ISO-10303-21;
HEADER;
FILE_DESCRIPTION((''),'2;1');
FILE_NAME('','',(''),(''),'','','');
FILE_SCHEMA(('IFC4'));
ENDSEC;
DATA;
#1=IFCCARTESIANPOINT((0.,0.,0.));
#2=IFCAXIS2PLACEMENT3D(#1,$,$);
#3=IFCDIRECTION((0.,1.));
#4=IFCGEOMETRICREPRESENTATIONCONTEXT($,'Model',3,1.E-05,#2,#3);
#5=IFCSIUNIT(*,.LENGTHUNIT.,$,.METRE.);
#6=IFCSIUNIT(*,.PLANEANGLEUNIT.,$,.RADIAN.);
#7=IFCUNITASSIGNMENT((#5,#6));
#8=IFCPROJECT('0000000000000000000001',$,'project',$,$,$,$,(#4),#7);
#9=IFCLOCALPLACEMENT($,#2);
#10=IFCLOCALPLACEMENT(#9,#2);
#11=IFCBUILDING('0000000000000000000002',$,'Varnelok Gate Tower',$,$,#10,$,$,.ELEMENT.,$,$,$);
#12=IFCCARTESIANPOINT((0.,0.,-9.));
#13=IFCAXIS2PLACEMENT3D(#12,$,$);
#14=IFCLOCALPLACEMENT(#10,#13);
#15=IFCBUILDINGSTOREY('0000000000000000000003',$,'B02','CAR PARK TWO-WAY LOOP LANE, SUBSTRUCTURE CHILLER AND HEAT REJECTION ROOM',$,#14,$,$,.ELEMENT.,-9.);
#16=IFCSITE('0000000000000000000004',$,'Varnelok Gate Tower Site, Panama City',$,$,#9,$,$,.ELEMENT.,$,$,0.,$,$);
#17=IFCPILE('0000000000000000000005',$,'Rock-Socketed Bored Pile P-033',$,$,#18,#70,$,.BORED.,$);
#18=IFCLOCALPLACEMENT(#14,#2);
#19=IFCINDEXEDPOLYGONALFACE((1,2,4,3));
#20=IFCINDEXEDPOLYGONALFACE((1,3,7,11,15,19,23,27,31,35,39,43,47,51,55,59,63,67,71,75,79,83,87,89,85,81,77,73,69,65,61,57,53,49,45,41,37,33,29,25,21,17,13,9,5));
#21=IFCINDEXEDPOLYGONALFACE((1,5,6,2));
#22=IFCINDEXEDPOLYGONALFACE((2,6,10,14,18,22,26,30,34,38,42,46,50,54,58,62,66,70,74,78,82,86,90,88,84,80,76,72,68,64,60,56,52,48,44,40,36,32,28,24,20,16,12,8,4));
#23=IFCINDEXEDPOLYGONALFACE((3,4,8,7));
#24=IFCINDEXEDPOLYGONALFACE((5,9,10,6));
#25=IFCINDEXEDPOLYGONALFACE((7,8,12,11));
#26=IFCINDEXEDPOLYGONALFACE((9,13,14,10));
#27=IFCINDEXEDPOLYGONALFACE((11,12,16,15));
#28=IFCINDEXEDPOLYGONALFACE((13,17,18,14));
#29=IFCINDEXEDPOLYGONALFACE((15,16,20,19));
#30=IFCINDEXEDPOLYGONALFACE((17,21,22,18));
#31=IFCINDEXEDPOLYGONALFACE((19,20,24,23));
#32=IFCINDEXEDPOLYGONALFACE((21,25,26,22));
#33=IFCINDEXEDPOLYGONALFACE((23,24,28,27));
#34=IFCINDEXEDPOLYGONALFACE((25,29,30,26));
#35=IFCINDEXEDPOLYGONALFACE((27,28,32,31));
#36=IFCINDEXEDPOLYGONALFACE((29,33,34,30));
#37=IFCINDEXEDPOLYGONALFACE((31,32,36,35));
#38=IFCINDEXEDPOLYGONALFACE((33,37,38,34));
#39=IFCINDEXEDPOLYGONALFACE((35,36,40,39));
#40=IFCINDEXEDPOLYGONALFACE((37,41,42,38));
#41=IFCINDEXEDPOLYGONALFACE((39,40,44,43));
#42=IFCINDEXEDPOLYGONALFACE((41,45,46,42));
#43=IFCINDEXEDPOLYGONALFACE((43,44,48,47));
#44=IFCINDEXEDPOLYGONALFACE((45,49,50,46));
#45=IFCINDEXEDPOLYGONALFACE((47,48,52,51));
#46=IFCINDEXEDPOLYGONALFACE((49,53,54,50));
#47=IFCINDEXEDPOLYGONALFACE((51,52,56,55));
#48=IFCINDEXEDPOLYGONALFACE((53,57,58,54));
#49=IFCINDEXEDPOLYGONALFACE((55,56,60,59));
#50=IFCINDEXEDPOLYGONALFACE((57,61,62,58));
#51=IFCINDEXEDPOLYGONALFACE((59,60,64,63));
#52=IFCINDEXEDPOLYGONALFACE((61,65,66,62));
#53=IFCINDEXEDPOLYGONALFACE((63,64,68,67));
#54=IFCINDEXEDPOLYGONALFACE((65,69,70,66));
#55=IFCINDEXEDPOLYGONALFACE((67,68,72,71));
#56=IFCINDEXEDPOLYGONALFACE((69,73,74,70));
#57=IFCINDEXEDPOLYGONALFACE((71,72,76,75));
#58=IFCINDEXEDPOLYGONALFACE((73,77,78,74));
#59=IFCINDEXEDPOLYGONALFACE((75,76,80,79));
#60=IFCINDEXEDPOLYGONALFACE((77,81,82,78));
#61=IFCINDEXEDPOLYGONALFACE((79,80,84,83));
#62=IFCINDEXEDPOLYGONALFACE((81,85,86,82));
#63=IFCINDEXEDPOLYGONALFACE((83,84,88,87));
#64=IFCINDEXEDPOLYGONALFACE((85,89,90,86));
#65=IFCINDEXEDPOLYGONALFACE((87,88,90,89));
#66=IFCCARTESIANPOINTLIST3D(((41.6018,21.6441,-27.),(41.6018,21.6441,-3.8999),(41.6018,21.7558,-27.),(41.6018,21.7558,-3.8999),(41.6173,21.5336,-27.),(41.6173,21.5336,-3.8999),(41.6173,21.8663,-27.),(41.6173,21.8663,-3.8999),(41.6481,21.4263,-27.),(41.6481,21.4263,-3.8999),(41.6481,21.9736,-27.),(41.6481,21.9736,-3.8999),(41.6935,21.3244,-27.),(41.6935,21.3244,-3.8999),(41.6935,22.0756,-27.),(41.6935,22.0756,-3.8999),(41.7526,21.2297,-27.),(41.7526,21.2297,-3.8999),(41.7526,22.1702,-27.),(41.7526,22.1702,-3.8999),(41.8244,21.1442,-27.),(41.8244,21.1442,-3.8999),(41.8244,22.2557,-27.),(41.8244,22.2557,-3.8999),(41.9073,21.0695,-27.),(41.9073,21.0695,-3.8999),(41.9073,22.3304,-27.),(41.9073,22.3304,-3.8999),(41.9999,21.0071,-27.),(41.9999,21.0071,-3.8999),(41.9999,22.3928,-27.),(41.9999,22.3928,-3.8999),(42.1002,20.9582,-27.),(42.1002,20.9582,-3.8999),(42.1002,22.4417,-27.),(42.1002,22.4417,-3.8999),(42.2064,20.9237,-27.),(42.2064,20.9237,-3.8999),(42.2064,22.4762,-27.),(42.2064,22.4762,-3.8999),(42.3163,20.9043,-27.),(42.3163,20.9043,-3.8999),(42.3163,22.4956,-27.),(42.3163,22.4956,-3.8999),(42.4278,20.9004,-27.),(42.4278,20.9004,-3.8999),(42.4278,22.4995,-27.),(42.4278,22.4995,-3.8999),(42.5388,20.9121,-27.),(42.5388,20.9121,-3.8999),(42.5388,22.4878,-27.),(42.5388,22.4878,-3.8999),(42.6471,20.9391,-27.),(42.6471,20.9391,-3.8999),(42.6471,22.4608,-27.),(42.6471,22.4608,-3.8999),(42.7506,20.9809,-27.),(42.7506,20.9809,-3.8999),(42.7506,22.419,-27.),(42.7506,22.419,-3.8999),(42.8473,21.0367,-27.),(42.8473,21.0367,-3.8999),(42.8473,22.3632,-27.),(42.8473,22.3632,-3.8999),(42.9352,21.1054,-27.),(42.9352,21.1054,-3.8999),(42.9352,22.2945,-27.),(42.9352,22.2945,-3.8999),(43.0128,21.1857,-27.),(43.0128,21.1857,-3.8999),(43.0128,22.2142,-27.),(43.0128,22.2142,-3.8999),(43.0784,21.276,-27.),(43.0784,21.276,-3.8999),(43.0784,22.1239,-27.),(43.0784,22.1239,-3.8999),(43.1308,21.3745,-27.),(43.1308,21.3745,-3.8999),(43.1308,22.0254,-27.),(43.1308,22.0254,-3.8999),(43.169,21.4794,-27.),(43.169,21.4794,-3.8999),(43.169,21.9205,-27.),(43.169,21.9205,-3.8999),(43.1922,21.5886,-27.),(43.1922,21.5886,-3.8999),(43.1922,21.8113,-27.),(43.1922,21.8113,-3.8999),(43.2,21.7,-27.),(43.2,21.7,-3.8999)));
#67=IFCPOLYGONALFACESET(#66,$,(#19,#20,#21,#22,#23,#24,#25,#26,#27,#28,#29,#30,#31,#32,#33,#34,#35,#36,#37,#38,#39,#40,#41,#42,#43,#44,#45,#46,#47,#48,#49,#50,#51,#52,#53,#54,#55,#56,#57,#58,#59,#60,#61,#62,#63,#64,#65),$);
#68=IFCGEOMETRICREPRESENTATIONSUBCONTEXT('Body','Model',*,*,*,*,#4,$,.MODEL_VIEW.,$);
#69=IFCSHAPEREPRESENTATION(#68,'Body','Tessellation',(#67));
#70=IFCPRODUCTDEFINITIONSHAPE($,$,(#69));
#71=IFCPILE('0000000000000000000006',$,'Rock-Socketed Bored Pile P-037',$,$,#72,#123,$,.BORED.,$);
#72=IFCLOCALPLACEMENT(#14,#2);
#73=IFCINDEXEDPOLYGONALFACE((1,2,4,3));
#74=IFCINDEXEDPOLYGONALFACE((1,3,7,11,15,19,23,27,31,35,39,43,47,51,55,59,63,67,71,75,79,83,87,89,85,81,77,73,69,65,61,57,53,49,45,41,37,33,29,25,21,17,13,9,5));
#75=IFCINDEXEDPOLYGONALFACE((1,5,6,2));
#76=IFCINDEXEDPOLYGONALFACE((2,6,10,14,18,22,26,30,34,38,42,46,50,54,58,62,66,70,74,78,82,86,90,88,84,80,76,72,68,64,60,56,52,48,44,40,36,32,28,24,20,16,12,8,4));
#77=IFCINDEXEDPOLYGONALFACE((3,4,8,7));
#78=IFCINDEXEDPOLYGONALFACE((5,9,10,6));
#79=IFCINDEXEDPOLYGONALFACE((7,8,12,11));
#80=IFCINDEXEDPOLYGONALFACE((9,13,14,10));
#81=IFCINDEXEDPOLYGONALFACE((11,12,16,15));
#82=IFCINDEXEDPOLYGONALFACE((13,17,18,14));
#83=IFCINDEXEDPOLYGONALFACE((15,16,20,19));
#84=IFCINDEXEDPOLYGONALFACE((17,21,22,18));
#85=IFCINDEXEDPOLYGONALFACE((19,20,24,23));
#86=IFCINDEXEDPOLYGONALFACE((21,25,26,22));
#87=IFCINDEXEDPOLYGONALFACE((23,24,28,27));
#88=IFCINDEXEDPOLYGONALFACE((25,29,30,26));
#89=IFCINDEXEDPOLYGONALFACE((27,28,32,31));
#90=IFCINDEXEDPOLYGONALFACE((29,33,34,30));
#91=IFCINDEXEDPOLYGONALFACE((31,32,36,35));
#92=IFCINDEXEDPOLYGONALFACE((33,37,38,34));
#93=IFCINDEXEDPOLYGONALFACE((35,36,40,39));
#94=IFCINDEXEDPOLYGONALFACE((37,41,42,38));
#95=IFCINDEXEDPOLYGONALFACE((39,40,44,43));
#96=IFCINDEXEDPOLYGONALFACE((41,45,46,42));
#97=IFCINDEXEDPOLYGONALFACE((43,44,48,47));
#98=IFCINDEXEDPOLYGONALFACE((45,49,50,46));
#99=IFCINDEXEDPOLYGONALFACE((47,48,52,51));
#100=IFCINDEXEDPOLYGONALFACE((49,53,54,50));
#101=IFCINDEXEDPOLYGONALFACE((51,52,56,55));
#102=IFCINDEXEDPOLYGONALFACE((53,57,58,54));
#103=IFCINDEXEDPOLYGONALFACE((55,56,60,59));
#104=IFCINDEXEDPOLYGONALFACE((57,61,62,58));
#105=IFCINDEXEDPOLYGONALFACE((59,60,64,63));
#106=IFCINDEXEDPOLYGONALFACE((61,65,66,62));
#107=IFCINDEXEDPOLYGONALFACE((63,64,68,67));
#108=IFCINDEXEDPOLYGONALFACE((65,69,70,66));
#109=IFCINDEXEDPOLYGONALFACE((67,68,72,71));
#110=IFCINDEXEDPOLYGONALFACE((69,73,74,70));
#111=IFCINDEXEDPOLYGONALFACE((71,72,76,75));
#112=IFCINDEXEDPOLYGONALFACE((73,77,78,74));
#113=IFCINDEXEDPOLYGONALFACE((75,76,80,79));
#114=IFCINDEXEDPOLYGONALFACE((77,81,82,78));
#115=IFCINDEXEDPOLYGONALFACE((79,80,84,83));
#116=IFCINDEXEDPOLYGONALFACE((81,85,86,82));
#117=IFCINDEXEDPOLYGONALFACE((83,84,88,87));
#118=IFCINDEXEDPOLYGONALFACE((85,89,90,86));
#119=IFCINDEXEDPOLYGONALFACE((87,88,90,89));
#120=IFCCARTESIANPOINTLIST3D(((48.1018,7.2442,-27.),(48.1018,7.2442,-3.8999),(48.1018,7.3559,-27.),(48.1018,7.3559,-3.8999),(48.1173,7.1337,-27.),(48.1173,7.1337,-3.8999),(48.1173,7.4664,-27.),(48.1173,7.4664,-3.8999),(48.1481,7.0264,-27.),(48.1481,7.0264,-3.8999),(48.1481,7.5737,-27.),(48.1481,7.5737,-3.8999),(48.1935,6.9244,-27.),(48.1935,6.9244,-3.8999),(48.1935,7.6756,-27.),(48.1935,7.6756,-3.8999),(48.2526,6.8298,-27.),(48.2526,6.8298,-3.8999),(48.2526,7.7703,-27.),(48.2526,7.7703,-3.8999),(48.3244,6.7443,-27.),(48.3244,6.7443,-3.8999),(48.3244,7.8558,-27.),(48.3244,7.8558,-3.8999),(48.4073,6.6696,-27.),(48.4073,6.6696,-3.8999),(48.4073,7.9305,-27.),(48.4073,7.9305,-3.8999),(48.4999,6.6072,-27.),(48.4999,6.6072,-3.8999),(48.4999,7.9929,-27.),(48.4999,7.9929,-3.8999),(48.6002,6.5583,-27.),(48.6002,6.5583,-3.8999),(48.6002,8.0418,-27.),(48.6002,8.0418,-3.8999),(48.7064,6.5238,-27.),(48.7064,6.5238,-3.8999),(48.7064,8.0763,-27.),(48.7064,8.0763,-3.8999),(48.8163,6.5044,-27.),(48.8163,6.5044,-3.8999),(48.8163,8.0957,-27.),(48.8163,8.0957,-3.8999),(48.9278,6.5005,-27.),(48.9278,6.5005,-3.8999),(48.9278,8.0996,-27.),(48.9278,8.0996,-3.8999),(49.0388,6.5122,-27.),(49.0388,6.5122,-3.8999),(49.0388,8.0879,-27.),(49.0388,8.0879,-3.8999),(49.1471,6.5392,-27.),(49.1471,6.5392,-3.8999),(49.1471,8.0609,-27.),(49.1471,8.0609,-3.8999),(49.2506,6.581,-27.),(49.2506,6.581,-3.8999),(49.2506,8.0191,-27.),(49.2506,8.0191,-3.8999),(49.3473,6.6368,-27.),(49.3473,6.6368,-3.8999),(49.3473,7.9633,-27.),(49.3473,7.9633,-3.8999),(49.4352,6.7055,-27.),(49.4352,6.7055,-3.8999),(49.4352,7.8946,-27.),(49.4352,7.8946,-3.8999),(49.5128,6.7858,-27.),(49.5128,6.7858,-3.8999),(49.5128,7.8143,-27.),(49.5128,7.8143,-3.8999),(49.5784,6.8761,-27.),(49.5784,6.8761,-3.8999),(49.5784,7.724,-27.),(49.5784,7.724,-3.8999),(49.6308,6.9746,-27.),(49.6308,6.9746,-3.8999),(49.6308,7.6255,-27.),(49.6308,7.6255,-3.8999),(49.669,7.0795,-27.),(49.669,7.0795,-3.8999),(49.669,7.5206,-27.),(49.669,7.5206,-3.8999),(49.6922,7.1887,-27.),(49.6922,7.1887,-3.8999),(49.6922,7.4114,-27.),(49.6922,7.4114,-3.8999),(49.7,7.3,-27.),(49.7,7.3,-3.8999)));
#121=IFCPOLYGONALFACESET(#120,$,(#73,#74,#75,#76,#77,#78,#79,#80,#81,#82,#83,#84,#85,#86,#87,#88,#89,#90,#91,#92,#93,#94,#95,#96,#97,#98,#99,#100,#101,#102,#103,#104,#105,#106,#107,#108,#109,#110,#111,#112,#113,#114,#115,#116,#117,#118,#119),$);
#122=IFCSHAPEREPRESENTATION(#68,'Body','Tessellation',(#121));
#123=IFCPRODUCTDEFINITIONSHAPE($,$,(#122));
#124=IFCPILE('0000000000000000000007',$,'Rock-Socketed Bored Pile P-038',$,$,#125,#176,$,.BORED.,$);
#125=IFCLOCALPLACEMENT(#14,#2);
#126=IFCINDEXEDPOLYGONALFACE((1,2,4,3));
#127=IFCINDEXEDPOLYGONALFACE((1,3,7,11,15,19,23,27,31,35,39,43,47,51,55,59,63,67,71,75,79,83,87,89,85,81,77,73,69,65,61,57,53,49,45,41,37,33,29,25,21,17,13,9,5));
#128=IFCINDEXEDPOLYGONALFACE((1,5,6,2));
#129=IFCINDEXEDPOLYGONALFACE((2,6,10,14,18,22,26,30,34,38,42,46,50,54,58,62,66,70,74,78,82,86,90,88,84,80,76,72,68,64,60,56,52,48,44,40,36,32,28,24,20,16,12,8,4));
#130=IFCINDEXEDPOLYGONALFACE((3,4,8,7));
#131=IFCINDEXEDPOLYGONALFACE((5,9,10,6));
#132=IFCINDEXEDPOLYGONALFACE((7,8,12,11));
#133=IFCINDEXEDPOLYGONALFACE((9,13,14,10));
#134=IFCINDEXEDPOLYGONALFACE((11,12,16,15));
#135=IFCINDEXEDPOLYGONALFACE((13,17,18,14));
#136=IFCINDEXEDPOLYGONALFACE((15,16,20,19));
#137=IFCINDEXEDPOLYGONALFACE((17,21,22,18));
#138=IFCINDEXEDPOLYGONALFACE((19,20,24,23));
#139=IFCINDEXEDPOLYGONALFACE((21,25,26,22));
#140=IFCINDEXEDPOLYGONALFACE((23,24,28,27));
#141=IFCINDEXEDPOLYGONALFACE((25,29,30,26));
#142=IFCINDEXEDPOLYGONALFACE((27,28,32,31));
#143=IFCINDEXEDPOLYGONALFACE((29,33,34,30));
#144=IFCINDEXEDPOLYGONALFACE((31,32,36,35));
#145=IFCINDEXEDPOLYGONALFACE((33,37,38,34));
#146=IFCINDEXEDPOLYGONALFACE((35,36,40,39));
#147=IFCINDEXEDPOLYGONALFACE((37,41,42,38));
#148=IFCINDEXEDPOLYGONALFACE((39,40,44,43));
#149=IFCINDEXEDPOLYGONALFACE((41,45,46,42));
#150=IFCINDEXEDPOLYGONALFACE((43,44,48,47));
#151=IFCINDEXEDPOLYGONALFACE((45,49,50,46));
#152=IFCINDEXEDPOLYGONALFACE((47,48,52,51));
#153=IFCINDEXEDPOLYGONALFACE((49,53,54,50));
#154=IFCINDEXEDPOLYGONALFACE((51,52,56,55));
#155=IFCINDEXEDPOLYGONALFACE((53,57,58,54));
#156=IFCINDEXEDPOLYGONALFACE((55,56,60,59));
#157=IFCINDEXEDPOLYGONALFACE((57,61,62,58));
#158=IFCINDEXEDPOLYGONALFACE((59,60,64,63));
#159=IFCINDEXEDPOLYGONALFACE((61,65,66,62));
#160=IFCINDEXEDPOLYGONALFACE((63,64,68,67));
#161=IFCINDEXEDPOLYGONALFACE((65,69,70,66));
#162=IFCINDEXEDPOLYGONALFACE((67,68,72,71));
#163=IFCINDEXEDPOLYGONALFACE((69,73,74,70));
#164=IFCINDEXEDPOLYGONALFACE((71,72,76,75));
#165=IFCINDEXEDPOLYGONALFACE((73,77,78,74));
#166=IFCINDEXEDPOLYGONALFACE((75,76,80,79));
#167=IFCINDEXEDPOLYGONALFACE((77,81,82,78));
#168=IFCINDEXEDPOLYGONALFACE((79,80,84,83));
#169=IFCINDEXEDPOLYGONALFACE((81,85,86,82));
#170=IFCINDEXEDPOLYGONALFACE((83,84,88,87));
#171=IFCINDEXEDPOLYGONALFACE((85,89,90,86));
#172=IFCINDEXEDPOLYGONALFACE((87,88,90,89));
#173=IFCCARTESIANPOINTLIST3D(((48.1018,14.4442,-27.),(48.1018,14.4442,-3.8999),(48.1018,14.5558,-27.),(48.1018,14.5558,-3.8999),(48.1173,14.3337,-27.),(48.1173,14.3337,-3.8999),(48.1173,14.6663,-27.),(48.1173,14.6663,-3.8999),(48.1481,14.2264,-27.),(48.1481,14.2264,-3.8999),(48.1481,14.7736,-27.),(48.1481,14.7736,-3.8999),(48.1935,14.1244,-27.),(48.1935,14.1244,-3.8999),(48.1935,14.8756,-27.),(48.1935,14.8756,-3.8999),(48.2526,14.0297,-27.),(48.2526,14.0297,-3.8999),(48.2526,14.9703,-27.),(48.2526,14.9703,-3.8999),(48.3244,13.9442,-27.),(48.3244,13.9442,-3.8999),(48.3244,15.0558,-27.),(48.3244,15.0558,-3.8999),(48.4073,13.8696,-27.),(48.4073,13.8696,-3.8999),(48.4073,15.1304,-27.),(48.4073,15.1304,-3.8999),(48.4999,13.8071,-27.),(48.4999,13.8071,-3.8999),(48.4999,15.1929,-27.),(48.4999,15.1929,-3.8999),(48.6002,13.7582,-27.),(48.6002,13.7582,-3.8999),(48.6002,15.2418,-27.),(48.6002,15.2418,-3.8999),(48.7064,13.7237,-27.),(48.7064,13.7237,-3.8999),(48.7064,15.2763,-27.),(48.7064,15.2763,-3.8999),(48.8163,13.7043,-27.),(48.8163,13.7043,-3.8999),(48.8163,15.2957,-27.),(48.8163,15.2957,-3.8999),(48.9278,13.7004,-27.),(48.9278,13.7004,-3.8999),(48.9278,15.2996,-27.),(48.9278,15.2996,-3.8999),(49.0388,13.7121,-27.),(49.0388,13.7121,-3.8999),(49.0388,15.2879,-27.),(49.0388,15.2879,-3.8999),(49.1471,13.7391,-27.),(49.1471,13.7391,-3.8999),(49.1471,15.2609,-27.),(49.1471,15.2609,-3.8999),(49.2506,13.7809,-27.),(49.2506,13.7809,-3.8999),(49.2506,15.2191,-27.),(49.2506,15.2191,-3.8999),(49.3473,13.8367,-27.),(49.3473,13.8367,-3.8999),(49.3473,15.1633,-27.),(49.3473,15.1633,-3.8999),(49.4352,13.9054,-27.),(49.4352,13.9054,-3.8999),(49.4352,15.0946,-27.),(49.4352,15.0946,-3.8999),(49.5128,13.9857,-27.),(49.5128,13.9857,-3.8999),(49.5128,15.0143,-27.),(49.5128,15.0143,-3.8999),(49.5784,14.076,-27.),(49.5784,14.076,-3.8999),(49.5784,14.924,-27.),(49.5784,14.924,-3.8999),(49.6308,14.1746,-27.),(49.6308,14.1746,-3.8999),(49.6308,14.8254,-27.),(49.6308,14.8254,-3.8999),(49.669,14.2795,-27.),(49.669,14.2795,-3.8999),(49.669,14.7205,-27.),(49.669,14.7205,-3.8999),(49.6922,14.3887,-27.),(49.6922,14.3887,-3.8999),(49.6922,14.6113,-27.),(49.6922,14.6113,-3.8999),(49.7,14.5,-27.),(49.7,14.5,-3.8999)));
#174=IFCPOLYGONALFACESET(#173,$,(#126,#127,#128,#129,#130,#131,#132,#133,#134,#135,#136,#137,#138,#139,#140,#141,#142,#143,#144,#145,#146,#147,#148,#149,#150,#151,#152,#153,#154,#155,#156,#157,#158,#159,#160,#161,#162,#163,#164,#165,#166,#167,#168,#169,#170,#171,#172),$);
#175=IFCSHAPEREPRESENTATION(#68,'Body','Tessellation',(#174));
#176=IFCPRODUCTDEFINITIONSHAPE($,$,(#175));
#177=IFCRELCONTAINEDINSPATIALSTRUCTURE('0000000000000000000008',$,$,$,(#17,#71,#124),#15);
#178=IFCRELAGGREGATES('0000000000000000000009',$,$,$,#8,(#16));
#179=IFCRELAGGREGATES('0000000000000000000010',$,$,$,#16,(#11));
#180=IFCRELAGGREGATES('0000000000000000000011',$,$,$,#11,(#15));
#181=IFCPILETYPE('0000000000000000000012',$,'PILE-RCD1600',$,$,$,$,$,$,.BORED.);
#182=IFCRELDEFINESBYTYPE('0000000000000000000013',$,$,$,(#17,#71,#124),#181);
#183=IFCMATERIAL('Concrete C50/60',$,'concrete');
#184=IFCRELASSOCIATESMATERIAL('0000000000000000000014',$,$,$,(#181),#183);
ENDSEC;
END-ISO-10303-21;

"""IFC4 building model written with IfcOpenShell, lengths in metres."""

from ifc_helpers import new_model, si_unit, direction, frame, origin, origin_2d, place, context, subcontext, project, spatial, circle, extrude, material, material_profile, profile_set, type_object, element, save


model = new_model("IFC4")

# Units and contexts
model_context = context("Model", 3, precision=1e-05, world=origin(), true_north=direction((0.0, 1.0)))
body_context = subcontext(model_context, "Body", "Model", "MODEL_VIEW")
ifc_project = project(units=[si_unit("LENGTHUNIT", "METRE"), si_unit("PLANEANGLEUNIT", "RADIAN")], contexts=[model_context])

# Site, building, storey
site_placement = place(None, origin())
site = spatial("IfcSite", under=ifc_project, at=site_placement, Name="Varnelok Gate Tower Site, Panama City", CompositionType="ELEMENT", RefElevation=0.0)
building_placement = place(site_placement, origin())
building = spatial("IfcBuilding", under=site, at=building_placement, Name="Varnelok Gate Tower", CompositionType="ELEMENT")
storey_placement = place(building_placement, frame((0.0, 0.0, -9.0)))
storey = spatial("IfcBuildingStorey", under=building, at=storey_placement, Name="B02", Description="CAR PARK TWO-WAY LOOP LANE, SUBSTRUCTURE CHILLER AND HEAT REJECTION ROOM", CompositionType="ELEMENT", Elevation=-9.0)

# Shared definitions
ifc_material_1 = material(Name="Concrete C50/60", Category="concrete")

# Piles
ifc_material_profile_1 = material_profile(ifc_material_1, circle(Radius=0.8, at=origin_2d()), Name="RCD1600")
ifc_profile_set_1 = profile_set([ifc_material_profile_1], Name="Concrete C50/60")
pile_type_1 = type_object("IfcPileType", Name="PILE-RCD1600", PredefinedType="BORED", material=ifc_profile_set_1)
for number, where, z_axis, x_axis, name in (
    (1, (42.3999, 21.7, -3.8999), (0.0, 0.0, -1.0), (1.0, 0.0, 0.0), "Rock-Socketed Bored Pile P-033"),
    (2, (48.8999, 7.3, -3.8999), (0.0, 0.0, -1.0), (1.0, 0.0, 0.0), "Rock-Socketed Bored Pile P-037"),
    (3, (48.8999, 14.5, -3.8999), (0.0, 0.0, -1.0), (1.0, 0.0, 0.0), "Rock-Socketed Bored Pile P-038"),
):
    element("IfcPile", number, at=place(storey_placement, frame(where, z_axis=z_axis, x_axis=x_axis)), inside=storey, type_object=pile_type_1, Name=name, PredefinedType="BORED", context=body_context, shape_type="SweptSolid", body=[
        extrude(circle(Radius=0.8, at=origin_2d()), origin(), (0.0, 0.0, 1.0), 23.1001),
    ])

save(model, "model.ifc")
